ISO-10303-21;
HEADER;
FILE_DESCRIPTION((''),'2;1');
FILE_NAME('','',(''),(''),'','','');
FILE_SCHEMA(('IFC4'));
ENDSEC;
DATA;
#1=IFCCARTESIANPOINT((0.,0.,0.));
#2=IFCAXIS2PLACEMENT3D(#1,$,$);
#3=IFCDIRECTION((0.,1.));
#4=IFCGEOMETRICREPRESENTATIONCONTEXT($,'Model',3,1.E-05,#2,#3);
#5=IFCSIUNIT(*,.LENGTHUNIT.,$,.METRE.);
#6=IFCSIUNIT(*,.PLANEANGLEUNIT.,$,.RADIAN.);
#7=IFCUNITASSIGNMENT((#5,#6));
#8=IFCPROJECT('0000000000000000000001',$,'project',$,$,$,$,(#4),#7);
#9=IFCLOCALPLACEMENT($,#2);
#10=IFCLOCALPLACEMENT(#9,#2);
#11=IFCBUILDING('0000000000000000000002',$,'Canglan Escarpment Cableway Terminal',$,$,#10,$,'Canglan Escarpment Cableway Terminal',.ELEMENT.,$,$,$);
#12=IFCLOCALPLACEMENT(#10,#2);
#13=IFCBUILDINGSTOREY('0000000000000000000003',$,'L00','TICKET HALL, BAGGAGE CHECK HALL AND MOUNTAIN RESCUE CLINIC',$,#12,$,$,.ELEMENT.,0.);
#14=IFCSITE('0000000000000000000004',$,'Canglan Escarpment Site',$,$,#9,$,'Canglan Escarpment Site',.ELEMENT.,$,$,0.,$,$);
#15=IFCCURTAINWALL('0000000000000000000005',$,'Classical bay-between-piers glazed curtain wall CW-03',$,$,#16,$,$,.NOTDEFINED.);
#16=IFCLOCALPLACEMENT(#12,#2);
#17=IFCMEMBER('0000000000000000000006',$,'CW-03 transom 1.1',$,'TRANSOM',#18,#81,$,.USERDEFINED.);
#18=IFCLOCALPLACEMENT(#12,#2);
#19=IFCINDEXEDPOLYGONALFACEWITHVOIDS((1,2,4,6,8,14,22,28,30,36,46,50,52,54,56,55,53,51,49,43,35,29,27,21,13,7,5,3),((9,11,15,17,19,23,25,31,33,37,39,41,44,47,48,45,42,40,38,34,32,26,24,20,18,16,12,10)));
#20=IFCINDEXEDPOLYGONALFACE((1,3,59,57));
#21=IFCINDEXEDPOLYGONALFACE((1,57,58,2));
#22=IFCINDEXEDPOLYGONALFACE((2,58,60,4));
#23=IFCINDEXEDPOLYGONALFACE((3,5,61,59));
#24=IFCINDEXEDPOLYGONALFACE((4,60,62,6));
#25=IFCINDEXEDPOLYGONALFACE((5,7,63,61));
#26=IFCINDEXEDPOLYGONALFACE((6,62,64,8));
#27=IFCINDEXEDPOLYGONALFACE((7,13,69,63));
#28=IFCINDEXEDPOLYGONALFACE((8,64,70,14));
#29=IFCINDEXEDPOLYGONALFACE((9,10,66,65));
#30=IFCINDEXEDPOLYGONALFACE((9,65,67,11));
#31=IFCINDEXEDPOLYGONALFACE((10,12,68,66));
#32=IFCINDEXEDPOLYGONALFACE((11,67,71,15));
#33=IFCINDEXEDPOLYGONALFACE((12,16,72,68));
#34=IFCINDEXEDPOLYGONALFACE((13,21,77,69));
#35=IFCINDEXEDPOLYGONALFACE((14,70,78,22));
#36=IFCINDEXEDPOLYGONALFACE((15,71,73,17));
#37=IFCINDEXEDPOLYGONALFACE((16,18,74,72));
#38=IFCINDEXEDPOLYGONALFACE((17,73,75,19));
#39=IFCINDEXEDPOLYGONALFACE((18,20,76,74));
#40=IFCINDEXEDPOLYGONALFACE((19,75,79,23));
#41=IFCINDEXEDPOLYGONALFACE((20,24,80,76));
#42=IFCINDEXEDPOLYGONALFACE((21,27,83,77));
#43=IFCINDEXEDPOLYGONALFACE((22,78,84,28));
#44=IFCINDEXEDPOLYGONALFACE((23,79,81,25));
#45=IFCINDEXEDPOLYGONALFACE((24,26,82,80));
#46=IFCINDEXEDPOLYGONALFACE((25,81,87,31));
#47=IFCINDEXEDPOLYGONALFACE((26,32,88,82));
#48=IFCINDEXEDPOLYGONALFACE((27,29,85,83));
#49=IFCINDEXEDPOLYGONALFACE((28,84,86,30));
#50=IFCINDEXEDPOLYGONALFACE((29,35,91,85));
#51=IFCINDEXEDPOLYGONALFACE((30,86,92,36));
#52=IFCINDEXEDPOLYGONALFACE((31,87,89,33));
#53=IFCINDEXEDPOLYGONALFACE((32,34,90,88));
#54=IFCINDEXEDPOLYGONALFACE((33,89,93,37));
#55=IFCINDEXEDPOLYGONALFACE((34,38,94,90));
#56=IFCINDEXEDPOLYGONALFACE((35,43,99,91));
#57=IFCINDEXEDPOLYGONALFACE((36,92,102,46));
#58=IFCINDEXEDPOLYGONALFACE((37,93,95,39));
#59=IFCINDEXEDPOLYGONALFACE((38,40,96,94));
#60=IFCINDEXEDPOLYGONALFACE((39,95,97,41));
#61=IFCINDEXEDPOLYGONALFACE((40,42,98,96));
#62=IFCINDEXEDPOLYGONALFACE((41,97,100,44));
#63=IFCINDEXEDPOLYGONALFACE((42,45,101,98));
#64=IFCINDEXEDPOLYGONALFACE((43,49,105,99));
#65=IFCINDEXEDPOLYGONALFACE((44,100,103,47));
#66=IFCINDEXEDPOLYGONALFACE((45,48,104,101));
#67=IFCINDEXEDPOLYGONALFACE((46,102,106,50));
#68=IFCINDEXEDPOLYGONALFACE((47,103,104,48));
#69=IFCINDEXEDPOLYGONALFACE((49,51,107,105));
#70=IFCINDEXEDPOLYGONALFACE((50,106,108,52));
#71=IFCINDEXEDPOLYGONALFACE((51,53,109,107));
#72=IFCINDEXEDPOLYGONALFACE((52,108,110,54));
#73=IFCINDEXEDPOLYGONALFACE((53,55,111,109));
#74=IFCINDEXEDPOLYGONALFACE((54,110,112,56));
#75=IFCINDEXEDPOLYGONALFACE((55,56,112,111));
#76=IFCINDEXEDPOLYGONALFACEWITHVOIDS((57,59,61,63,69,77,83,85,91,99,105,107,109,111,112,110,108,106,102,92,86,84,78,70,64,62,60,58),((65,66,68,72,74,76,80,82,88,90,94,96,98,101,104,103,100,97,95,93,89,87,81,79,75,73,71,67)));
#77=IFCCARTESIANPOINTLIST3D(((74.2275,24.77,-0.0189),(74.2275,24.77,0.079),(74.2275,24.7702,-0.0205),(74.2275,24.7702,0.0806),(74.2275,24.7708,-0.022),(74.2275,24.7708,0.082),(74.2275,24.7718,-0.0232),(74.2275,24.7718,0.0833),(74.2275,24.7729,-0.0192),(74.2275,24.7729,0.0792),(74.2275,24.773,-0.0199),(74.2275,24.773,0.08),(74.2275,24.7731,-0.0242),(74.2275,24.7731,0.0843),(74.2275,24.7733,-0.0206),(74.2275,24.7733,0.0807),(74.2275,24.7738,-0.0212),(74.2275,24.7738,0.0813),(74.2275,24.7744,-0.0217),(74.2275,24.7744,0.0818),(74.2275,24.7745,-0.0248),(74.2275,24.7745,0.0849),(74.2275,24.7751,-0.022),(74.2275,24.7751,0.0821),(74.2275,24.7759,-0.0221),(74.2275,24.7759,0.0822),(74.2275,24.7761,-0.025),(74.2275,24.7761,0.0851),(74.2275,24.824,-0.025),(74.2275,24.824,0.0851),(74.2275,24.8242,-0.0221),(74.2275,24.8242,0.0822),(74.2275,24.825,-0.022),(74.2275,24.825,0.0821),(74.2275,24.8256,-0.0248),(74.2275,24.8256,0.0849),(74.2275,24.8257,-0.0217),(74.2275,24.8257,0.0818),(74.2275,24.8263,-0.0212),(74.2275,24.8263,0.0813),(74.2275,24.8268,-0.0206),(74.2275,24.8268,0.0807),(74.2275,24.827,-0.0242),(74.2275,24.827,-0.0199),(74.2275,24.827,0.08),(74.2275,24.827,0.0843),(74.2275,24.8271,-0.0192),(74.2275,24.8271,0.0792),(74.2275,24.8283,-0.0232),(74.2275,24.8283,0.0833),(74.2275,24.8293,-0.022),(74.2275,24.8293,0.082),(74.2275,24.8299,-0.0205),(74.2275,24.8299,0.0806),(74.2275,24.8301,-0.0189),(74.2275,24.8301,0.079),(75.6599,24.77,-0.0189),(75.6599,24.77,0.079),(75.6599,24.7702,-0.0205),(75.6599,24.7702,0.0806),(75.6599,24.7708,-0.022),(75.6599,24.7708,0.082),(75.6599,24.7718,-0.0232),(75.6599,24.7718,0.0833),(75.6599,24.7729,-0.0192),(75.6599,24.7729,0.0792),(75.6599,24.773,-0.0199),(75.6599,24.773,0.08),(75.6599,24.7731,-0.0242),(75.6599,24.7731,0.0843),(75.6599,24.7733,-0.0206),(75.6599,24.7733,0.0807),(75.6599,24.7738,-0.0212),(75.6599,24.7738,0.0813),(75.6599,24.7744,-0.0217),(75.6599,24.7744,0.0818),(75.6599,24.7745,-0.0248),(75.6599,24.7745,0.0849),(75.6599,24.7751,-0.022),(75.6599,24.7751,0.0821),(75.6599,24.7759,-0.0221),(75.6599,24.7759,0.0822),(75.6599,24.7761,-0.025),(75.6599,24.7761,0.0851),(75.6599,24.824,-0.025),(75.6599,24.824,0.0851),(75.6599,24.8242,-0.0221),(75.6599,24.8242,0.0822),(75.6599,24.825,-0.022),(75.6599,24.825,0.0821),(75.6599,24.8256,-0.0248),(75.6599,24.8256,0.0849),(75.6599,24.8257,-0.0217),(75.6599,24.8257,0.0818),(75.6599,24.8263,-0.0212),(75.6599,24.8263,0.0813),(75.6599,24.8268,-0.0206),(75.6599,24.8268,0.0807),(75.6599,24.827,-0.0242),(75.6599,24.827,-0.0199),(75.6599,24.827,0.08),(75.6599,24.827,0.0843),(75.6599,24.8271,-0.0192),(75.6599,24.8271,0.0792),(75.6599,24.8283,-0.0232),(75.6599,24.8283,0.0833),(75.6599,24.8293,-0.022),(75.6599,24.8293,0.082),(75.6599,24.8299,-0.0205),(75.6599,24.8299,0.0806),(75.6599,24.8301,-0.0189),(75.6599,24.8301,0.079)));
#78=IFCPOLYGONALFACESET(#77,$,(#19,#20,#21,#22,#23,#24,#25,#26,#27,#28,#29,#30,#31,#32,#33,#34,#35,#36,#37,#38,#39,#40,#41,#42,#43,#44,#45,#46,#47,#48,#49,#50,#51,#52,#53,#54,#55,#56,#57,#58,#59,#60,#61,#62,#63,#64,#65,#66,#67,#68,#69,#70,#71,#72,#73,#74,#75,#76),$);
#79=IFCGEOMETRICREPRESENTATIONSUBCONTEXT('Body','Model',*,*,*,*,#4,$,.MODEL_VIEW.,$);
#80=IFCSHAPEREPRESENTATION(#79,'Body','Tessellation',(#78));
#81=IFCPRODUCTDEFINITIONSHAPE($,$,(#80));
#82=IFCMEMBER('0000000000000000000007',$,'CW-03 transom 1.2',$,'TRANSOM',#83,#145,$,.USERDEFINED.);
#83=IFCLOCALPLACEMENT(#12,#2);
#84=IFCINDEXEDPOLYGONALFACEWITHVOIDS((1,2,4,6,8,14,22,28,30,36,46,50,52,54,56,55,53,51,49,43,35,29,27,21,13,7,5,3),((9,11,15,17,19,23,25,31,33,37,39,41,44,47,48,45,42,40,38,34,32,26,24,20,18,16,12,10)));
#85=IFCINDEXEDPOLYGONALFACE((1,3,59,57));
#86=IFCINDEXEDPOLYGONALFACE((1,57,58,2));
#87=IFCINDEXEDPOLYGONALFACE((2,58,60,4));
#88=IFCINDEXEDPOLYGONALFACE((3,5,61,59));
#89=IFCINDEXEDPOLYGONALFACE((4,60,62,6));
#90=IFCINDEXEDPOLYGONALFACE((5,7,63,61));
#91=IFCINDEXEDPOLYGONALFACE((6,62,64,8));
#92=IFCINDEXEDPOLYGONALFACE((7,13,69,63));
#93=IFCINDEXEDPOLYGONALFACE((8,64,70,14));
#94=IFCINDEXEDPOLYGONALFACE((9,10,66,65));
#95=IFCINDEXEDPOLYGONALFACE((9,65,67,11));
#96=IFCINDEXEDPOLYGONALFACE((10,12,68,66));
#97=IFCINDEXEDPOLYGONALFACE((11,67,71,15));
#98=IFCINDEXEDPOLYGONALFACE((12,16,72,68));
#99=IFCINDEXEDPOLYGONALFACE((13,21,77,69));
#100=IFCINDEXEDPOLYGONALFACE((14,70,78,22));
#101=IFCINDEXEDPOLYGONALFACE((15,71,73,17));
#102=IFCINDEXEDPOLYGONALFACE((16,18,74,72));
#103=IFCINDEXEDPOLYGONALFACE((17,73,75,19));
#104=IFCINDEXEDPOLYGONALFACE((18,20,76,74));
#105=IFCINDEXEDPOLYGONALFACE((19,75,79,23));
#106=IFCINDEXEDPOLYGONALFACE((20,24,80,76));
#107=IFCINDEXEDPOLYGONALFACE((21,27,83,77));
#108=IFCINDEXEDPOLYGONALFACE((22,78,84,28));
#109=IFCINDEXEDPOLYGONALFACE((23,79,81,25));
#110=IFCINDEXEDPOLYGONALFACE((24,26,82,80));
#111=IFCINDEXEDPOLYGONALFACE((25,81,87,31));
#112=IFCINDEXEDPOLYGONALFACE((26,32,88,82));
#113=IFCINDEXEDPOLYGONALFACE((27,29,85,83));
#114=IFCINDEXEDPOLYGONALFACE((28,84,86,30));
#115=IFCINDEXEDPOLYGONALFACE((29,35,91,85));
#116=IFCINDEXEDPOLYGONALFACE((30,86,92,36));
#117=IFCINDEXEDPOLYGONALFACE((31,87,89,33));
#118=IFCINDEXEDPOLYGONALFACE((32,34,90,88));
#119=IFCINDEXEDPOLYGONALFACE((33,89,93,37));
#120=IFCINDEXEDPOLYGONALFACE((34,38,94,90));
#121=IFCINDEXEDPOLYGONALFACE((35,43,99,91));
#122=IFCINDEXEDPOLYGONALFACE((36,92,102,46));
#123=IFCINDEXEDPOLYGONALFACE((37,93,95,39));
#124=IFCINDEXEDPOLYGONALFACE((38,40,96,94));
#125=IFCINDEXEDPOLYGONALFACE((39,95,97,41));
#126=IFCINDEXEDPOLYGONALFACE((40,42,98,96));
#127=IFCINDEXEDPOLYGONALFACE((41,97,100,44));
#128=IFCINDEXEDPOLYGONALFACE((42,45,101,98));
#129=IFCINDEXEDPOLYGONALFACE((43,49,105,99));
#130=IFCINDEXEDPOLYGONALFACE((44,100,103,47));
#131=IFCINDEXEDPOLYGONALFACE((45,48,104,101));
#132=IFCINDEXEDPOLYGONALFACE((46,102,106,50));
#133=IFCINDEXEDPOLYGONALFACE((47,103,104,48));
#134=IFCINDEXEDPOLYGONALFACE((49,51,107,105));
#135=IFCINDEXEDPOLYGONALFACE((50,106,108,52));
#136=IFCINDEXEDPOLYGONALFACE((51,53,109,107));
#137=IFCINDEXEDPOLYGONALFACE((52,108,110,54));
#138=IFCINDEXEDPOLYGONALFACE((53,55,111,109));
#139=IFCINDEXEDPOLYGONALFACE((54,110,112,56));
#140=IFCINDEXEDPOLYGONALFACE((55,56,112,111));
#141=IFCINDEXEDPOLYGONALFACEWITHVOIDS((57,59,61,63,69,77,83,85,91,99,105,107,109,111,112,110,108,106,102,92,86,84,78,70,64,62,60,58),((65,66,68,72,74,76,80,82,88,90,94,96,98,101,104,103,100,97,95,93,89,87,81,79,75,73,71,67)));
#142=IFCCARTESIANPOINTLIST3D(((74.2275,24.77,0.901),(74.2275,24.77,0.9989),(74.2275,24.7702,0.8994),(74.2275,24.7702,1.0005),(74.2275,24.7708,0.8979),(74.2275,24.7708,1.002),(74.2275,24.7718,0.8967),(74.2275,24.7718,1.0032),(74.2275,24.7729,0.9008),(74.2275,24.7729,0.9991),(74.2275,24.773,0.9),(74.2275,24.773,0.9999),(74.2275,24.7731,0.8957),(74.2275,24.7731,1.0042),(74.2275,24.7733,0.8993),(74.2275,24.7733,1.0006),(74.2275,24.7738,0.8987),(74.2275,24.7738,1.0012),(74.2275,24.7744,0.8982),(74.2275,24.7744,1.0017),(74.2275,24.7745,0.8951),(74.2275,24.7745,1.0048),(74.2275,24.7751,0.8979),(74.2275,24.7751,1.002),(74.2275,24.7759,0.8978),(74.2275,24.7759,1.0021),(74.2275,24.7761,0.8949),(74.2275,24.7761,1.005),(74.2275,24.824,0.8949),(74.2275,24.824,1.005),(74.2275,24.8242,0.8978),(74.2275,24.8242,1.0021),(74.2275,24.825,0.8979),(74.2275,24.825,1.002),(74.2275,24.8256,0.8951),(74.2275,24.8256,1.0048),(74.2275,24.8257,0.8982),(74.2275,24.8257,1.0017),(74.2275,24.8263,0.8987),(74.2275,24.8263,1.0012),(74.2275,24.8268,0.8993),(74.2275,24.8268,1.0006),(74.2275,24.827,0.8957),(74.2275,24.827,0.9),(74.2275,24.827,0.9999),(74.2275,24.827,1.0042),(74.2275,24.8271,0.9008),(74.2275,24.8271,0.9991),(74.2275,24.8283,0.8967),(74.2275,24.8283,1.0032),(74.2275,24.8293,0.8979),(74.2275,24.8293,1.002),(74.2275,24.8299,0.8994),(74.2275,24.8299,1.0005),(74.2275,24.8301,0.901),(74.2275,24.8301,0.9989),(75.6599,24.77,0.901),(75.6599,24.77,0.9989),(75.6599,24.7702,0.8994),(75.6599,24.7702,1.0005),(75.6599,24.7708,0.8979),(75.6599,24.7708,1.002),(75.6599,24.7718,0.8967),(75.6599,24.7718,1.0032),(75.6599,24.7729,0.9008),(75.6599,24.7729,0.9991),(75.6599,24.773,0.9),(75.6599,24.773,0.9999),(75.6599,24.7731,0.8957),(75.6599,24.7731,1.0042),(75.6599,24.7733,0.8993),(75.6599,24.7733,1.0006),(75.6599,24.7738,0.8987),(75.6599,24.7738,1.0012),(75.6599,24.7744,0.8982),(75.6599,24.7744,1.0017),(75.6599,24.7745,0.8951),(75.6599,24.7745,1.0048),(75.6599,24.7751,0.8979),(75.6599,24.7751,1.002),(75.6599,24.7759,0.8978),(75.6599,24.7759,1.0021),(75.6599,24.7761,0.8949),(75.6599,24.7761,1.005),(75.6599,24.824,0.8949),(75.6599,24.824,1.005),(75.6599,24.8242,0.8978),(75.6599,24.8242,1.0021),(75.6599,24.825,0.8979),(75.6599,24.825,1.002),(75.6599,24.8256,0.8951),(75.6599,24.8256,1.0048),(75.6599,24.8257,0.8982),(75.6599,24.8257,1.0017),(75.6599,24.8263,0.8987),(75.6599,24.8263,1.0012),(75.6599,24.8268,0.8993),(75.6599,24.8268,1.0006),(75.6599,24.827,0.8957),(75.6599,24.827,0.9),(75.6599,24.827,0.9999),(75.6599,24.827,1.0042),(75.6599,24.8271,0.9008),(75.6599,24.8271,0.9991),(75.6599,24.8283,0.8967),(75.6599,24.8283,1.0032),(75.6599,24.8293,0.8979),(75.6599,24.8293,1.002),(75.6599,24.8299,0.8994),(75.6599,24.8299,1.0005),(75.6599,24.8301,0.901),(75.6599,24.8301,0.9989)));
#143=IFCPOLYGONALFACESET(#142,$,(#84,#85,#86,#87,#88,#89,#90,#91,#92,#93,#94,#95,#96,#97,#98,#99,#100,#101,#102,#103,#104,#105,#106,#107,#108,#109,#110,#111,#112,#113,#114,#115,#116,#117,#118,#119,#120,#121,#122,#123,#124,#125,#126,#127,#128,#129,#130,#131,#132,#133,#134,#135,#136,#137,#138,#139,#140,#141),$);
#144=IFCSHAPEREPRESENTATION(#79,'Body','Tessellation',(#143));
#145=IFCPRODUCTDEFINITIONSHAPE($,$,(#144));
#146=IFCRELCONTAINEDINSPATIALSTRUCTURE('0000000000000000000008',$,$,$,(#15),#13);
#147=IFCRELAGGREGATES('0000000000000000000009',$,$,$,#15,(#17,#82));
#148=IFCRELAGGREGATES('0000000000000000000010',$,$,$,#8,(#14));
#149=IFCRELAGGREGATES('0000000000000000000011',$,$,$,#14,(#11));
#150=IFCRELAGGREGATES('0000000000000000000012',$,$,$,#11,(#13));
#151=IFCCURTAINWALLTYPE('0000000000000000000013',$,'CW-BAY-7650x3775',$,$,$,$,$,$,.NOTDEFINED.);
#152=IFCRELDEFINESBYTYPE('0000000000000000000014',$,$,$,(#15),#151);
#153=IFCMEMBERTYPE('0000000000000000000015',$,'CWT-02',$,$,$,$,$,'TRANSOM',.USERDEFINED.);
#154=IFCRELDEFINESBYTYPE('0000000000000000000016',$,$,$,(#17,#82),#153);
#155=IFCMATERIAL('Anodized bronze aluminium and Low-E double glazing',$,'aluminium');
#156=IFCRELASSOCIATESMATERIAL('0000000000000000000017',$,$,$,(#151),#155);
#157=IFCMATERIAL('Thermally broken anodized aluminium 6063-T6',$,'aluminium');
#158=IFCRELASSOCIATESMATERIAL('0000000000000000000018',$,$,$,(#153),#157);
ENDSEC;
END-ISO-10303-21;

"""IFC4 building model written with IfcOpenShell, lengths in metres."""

from ifc_helpers import new_model, si_unit, direction, frame, origin, origin_2d, place, context, subcontext, project, spatial, hollow_rectangle, extrude, material, material_profile, profile_set, type_object, element, aggregate, save


model = new_model("IFC4")

# Units and contexts
model_context = context("Model", 3, precision=1e-05, world=origin(), true_north=direction((0.0, 1.0)))
body_context = subcontext(model_context, "Body", "Model", "MODEL_VIEW")
ifc_project = project(units=[si_unit("LENGTHUNIT", "METRE"), si_unit("PLANEANGLEUNIT", "RADIAN")], contexts=[model_context])

# Site, building, storey
site_placement = place(None, origin())
site = spatial("IfcSite", under=ifc_project, at=site_placement, Name="Canglan Escarpment Site", LongName="Canglan Escarpment Site", CompositionType="ELEMENT", RefElevation=0.0)
building_placement = place(site_placement, origin())
building = spatial("IfcBuilding", under=site, at=building_placement, Name="Canglan Escarpment Cableway Terminal", LongName="Canglan Escarpment Cableway Terminal", CompositionType="ELEMENT")
storey_placement = place(building_placement, origin())
storey = spatial("IfcBuildingStorey", under=building, at=storey_placement, Name="L00", Description="TICKET HALL, BAGGAGE CHECK HALL AND MOUNTAIN RESCUE CLINIC", CompositionType="ELEMENT", Elevation=0.0)

# Curtain wall, members
ifc_material_1 = material(Name="Anodized bronze aluminium and Low-E double glazing", Category="aluminium")
curtain_wall_type = type_object("IfcCurtainWallType", Name="CW-BAY-7650x3775", PredefinedType="NOTDEFINED", material=ifc_material_1)
curtain_wall_placement = place(storey_placement, origin())
curtain_wall = element("IfcCurtainWall", 1, at=curtain_wall_placement, inside=storey, type_object=curtain_wall_type, Name="Classical bay-between-piers glazed curtain wall CW-03", PredefinedType="NOTDEFINED")
ifc_material_2 = material(Name="Thermally broken anodized aluminium 6063-T6", Category="aluminium")
ifc_material_profile_1 = material_profile(ifc_material_2, hollow_rectangle(XDim=0.0601, YDim=0.1101, WallThickness=0.0029, InnerFilletRadius=0.0029, OuterFilletRadius=0.0061, at=origin_2d()), Name="ALU-TRAN 60x110x3")
ifc_profile_set_1 = profile_set([ifc_material_profile_1], Name="Thermally broken anodized aluminium 6063-T6")
member_type_1 = type_object("IfcMemberType", Name="CWT-02", ElementType="TRANSOM", PredefinedType="USERDEFINED", material=ifc_profile_set_1)
member_1_placement = place(storey_placement, frame((75.6599, 24.8, 0.03), z_axis=(-1.0, 0.0, 0.0), x_axis=(0.0, -1.0, 0.0)))
member_1 = element("IfcMember", 2, at=member_1_placement, type_object=member_type_1, Name="CW-03 transom 1.1", ObjectType="TRANSOM", PredefinedType="USERDEFINED", context=body_context, shape_type="SweptSolid", body=[
    extrude(hollow_rectangle(XDim=0.0601, YDim=0.1101, WallThickness=0.0029, InnerFilletRadius=0.0029, OuterFilletRadius=0.0061, at=origin_2d()), origin(), (0.0, 0.0, 1.0), 1.4324),
])
member_2_placement = place(storey_placement, frame((75.6599, 24.8, 0.95), z_axis=(-1.0, 0.0, 0.0), x_axis=(0.0, -1.0, 0.0)))
member_2 = element("IfcMember", 3, at=member_2_placement, type_object=member_type_1, Name="CW-03 transom 1.2", ObjectType="TRANSOM", PredefinedType="USERDEFINED", context=body_context, shape_type="SweptSolid", body=[
    extrude(hollow_rectangle(XDim=0.0601, YDim=0.1101, WallThickness=0.0029, InnerFilletRadius=0.0029, OuterFilletRadius=0.0061, at=origin_2d()), origin(), (0.0, 0.0, 1.0), 1.4324),
])
aggregate(curtain_wall, [member_1, member_2])

save(model, "model.ifc")
